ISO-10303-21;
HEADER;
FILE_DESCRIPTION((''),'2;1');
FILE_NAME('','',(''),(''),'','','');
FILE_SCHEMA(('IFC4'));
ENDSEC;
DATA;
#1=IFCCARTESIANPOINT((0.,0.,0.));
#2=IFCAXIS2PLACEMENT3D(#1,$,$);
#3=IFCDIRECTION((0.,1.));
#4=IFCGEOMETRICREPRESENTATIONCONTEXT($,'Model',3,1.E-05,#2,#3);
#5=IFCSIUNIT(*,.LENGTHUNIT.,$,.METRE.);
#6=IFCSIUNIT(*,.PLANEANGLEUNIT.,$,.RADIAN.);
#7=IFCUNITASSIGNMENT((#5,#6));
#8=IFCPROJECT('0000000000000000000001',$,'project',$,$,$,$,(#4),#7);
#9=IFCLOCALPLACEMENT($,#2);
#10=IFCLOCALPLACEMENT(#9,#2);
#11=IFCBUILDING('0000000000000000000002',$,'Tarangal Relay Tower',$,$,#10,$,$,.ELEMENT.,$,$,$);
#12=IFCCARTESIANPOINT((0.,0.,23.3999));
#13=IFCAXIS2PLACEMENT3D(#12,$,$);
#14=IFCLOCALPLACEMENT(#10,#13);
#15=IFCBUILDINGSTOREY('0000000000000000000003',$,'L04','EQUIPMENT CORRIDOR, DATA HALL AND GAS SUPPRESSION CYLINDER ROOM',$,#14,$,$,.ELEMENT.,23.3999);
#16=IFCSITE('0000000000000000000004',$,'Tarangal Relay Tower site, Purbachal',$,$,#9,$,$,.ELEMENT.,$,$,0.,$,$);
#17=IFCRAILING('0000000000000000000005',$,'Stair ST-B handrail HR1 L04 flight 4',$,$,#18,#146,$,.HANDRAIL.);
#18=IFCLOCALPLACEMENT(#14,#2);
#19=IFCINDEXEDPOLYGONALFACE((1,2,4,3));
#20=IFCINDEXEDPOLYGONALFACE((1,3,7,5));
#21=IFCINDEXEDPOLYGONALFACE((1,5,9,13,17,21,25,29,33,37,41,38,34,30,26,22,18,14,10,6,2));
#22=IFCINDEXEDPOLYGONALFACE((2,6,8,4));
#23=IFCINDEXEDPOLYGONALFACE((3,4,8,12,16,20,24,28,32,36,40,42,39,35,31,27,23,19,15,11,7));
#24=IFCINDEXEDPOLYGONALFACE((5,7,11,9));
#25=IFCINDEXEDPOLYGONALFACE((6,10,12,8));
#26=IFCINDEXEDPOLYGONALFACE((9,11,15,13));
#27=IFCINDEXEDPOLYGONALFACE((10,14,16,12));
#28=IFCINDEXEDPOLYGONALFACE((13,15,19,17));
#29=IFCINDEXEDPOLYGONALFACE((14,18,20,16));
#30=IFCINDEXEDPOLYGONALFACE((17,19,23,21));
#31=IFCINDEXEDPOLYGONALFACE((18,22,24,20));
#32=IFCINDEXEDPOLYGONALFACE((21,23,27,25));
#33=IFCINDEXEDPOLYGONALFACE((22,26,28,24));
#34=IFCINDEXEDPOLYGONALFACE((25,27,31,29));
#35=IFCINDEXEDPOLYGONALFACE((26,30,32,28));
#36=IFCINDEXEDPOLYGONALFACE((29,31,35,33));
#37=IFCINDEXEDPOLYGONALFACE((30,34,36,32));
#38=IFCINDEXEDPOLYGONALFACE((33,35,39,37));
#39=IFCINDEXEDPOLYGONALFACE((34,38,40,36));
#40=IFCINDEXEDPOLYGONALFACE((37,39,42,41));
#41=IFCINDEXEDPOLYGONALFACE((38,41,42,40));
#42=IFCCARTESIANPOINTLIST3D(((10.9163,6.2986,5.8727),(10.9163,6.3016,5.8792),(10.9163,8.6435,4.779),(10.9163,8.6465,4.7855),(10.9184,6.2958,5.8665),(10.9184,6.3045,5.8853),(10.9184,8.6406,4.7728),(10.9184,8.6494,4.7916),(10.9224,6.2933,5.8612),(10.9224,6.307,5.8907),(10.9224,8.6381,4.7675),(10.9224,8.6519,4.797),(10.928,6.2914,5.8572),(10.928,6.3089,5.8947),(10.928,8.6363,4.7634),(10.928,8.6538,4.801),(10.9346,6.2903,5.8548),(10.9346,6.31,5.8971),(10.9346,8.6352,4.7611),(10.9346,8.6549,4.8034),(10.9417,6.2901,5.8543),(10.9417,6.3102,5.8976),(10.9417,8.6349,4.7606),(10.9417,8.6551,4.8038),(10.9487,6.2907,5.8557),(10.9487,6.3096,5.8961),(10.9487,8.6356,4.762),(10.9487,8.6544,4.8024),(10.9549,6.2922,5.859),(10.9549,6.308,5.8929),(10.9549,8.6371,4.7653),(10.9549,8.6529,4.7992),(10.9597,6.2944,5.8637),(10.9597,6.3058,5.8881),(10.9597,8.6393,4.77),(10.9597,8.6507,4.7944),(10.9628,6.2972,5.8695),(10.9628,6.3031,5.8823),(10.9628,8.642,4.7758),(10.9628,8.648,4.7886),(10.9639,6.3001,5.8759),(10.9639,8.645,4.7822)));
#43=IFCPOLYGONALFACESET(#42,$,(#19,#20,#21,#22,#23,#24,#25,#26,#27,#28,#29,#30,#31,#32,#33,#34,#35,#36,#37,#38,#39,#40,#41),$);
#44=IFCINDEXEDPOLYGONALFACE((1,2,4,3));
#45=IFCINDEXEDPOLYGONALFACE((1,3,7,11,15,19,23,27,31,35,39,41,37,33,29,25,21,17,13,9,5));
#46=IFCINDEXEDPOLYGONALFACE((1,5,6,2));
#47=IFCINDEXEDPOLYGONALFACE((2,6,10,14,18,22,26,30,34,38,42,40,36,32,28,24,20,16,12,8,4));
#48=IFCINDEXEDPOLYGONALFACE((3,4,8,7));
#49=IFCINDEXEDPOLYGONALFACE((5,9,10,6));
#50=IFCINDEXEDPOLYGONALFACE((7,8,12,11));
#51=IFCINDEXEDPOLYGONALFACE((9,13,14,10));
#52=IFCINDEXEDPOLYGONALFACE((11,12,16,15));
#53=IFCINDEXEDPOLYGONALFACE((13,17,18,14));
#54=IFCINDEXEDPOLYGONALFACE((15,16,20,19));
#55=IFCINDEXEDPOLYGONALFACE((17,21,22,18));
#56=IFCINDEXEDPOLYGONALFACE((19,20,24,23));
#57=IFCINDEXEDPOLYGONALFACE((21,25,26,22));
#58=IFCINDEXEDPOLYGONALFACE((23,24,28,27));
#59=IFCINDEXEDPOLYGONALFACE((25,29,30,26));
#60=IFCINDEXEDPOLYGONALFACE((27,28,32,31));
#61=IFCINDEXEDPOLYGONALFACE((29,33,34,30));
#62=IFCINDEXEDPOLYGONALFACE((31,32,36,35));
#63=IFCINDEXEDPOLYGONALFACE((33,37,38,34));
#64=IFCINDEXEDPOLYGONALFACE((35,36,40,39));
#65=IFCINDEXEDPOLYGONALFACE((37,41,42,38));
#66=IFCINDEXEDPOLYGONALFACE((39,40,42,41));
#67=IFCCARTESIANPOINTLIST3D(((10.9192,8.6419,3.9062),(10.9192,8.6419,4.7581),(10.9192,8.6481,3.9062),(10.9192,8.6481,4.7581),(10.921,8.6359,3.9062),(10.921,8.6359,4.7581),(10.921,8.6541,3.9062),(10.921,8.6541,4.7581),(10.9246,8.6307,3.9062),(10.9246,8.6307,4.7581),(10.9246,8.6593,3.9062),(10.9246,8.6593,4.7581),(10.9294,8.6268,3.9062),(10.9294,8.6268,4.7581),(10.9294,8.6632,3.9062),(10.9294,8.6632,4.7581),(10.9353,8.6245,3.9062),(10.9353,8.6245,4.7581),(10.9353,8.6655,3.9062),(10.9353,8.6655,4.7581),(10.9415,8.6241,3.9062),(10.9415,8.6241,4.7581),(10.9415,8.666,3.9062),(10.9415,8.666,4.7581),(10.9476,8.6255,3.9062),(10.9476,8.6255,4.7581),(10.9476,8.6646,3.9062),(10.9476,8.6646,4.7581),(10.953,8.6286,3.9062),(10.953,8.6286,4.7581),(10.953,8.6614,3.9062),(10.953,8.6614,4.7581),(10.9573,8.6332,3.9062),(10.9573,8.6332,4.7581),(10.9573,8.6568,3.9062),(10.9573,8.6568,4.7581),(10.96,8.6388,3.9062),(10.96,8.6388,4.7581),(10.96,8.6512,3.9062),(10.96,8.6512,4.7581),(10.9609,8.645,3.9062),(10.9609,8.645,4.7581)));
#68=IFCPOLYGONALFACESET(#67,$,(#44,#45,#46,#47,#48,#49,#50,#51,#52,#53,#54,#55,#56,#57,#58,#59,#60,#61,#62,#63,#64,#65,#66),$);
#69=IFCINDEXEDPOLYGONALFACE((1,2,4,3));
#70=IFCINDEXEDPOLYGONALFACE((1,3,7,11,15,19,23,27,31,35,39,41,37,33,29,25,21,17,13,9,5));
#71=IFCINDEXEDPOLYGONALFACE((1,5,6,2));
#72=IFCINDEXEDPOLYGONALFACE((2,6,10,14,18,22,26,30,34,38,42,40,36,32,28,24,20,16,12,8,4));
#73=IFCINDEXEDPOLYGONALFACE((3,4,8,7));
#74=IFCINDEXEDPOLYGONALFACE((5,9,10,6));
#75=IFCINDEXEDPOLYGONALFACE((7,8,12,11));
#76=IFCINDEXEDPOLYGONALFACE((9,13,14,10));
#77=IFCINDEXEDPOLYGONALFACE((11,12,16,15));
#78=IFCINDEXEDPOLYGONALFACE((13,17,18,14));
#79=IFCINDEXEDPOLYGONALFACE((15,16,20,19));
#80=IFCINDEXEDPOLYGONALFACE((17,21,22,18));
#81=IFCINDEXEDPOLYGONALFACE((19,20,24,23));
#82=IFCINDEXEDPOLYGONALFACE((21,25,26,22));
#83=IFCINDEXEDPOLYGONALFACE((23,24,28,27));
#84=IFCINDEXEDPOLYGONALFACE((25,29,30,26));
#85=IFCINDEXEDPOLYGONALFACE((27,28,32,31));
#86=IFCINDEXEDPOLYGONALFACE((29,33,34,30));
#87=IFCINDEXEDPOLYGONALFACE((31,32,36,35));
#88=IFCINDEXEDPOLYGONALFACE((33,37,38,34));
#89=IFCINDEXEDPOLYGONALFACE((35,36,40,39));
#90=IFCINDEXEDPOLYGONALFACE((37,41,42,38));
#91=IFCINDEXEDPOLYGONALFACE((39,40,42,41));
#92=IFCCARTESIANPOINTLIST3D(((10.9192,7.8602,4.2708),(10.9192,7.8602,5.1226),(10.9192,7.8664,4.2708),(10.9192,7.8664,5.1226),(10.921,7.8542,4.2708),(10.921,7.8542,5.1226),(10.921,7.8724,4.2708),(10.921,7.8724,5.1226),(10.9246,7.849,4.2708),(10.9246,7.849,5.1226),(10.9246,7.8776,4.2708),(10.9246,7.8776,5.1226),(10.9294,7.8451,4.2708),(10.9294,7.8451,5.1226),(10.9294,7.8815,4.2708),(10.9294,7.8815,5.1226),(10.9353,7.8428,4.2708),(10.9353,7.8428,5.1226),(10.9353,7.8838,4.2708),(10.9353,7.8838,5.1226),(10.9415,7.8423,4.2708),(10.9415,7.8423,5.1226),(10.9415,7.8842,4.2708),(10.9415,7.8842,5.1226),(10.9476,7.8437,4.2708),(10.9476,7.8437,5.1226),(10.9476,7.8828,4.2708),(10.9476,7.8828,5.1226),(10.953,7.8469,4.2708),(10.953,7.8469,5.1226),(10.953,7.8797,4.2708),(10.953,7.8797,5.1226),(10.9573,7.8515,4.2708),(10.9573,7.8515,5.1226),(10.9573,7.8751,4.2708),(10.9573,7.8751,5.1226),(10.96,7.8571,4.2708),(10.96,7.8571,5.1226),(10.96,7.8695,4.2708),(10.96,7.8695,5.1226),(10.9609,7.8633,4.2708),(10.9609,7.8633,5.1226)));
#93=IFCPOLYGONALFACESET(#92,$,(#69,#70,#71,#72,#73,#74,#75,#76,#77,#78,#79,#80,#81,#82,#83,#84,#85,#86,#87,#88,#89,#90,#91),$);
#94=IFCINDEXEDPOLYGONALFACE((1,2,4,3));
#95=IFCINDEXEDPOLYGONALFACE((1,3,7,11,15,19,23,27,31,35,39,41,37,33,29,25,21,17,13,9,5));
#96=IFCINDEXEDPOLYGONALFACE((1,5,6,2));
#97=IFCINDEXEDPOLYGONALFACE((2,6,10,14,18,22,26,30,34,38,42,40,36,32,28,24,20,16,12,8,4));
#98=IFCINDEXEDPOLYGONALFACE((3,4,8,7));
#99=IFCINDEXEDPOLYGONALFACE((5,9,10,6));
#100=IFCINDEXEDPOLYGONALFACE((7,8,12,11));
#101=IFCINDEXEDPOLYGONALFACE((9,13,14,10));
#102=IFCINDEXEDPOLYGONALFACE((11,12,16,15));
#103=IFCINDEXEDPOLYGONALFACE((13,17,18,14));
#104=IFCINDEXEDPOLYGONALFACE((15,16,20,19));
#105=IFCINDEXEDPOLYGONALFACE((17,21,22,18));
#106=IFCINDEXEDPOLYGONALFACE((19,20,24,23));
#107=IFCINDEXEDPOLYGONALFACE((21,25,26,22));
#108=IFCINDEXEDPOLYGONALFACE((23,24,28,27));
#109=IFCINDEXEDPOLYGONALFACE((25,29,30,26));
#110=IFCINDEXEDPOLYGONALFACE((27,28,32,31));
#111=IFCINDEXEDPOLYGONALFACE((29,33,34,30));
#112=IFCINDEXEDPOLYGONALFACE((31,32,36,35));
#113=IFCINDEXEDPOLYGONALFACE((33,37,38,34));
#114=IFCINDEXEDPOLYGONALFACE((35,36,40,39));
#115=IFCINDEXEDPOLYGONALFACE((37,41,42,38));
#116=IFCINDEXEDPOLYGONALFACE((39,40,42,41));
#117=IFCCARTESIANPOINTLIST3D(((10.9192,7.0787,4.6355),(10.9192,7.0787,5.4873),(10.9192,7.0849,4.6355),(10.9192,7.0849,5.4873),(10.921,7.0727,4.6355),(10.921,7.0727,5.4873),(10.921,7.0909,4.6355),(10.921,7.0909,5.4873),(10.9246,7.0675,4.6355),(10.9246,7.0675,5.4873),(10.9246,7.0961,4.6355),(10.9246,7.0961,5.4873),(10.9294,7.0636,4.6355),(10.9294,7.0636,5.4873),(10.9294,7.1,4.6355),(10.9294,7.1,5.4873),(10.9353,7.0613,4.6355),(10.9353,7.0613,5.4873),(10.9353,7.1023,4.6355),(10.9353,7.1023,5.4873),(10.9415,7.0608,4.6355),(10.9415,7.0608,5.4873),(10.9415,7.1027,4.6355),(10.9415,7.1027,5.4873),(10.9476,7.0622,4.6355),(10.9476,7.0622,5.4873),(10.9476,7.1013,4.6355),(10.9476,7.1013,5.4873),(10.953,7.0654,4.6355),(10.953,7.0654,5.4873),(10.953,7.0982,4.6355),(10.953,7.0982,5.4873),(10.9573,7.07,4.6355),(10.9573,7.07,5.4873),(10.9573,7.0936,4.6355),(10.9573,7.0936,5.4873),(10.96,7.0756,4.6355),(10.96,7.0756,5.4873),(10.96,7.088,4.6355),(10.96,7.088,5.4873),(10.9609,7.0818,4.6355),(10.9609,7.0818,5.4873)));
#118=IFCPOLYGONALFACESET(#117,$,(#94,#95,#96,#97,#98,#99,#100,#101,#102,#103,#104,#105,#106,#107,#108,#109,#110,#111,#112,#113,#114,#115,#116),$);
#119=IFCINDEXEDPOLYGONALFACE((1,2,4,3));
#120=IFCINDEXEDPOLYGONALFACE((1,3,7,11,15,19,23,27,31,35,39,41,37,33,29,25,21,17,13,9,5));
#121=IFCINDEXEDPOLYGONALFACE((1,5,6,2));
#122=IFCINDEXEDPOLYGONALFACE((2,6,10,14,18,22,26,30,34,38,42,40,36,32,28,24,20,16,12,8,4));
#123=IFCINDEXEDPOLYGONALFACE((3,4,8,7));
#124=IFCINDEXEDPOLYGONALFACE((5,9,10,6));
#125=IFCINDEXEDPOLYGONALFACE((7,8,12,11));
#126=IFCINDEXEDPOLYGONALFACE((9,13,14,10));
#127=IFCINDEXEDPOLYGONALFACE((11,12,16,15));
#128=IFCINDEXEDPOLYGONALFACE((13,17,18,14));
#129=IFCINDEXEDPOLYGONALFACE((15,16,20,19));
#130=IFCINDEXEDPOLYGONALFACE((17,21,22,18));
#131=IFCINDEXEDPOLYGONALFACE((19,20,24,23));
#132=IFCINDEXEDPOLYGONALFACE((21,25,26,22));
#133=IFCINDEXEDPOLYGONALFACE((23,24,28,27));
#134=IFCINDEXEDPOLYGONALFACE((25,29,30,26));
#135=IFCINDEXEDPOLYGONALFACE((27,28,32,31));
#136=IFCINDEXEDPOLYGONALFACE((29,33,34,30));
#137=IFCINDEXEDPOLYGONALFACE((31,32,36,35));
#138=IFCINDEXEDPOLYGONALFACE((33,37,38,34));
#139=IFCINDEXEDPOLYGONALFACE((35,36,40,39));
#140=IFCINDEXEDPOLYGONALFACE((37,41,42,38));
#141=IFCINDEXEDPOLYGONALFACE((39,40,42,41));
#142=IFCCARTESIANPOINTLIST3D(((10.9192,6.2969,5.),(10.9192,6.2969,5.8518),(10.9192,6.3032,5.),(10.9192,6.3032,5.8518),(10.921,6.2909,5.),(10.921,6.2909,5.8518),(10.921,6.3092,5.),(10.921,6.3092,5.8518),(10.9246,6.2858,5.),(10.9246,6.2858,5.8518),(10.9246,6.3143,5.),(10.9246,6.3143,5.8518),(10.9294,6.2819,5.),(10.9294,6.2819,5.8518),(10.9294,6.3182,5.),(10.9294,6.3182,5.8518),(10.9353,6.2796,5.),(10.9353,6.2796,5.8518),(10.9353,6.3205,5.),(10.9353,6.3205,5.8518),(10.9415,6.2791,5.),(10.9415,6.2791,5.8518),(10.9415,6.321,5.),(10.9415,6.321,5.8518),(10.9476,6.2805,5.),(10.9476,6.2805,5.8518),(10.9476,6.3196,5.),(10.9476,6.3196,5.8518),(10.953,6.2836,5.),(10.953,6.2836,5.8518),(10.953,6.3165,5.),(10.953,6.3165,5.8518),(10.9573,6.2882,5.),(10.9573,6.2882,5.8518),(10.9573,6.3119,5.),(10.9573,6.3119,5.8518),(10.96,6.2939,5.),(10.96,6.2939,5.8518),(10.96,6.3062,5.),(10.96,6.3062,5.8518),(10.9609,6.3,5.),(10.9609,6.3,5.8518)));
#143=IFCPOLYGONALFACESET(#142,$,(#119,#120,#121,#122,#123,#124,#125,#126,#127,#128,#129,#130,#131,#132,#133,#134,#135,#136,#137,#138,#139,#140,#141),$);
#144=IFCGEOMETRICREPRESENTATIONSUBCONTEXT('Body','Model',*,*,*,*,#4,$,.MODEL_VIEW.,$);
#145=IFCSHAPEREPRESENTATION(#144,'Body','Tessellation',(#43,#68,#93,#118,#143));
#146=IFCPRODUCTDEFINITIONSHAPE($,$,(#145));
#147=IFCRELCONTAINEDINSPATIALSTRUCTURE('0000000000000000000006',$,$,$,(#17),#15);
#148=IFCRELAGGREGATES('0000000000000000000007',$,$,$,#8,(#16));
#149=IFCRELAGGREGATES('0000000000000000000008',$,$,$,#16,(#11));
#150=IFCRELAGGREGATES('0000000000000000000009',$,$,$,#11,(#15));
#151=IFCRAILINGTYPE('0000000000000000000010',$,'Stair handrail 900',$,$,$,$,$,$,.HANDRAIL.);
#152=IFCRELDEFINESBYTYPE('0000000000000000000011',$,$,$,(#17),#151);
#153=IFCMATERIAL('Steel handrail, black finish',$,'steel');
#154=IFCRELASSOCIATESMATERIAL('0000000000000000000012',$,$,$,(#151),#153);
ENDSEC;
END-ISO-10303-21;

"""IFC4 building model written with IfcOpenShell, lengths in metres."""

from ifc_helpers import new_model, si_unit, direction, frame, origin, origin_2d, place, context, subcontext, project, spatial, circle, extrude, material, type_object, element, save


model = new_model("IFC4")

# Units and contexts
model_context = context("Model", 3, precision=1e-05, world=origin(), true_north=direction((0.0, 1.0)))
body_context = subcontext(model_context, "Body", "Model", "MODEL_VIEW")
ifc_project = project(units=[si_unit("LENGTHUNIT", "METRE"), si_unit("PLANEANGLEUNIT", "RADIAN")], contexts=[model_context])

# Site, building, storey
site_placement = place(None, origin())
site = spatial("IfcSite", under=ifc_project, at=site_placement, Name="Tarangal Relay Tower site, Purbachal", CompositionType="ELEMENT", RefElevation=0.0)
building_placement = place(site_placement, origin())
building = spatial("IfcBuilding", under=site, at=building_placement, Name="Tarangal Relay Tower", CompositionType="ELEMENT")
storey_placement = place(building_placement, frame((0.0, 0.0, 23.3999)))
storey = spatial("IfcBuildingStorey", under=building, at=storey_placement, Name="L04", Description="EQUIPMENT CORRIDOR, DATA HALL AND GAS SUPPRESSION CYLINDER ROOM", CompositionType="ELEMENT", Elevation=23.3999)

# Railing
ifc_material_1 = material(Name="Steel handrail, black finish", Category="steel")
railing_type_1 = type_object("IfcRailingType", Name="Stair handrail 900", PredefinedType="HANDRAIL", material=ifc_material_1)
for number, where, name in (
    (1, (10.9399, 8.645, 3.9062), "Stair ST-B handrail HR1 L04 flight 4"),
):
    element("IfcRailing", number, at=place(storey_placement, frame(where)), inside=storey, type_object=railing_type_1, Name=name, PredefinedType="HANDRAIL", context=body_context, shape_type="SweptSolid", body=[
        extrude(circle(Radius=0.0239, at=origin_2d()), frame((0.0, 0.0, 0.876), z_axis=(0.0, -0.906267, 0.422705), x_axis=(1.0, 0.0, 0.0)), (0.0, 0.0, 1.0), 2.5874),
        extrude(circle(Radius=0.021, at=origin_2d()), origin(), (0.0, 0.0, 1.0), 0.8518),
        extrude(circle(Radius=0.021, at=origin_2d()), frame((0.0, -0.7817, 0.3645)), (0.0, 0.0, 1.0), 0.8518),
        extrude(circle(Radius=0.021, at=origin_2d()), frame((0.0, -1.5632, 0.7292)), (0.0, 0.0, 1.0), 0.8518),
        extrude(circle(Radius=0.021, at=origin_2d()), frame((0.0, -2.345, 1.0938)), (0.0, 0.0, 1.0), 0.8518),
    ])

save(model, "model.ifc")
